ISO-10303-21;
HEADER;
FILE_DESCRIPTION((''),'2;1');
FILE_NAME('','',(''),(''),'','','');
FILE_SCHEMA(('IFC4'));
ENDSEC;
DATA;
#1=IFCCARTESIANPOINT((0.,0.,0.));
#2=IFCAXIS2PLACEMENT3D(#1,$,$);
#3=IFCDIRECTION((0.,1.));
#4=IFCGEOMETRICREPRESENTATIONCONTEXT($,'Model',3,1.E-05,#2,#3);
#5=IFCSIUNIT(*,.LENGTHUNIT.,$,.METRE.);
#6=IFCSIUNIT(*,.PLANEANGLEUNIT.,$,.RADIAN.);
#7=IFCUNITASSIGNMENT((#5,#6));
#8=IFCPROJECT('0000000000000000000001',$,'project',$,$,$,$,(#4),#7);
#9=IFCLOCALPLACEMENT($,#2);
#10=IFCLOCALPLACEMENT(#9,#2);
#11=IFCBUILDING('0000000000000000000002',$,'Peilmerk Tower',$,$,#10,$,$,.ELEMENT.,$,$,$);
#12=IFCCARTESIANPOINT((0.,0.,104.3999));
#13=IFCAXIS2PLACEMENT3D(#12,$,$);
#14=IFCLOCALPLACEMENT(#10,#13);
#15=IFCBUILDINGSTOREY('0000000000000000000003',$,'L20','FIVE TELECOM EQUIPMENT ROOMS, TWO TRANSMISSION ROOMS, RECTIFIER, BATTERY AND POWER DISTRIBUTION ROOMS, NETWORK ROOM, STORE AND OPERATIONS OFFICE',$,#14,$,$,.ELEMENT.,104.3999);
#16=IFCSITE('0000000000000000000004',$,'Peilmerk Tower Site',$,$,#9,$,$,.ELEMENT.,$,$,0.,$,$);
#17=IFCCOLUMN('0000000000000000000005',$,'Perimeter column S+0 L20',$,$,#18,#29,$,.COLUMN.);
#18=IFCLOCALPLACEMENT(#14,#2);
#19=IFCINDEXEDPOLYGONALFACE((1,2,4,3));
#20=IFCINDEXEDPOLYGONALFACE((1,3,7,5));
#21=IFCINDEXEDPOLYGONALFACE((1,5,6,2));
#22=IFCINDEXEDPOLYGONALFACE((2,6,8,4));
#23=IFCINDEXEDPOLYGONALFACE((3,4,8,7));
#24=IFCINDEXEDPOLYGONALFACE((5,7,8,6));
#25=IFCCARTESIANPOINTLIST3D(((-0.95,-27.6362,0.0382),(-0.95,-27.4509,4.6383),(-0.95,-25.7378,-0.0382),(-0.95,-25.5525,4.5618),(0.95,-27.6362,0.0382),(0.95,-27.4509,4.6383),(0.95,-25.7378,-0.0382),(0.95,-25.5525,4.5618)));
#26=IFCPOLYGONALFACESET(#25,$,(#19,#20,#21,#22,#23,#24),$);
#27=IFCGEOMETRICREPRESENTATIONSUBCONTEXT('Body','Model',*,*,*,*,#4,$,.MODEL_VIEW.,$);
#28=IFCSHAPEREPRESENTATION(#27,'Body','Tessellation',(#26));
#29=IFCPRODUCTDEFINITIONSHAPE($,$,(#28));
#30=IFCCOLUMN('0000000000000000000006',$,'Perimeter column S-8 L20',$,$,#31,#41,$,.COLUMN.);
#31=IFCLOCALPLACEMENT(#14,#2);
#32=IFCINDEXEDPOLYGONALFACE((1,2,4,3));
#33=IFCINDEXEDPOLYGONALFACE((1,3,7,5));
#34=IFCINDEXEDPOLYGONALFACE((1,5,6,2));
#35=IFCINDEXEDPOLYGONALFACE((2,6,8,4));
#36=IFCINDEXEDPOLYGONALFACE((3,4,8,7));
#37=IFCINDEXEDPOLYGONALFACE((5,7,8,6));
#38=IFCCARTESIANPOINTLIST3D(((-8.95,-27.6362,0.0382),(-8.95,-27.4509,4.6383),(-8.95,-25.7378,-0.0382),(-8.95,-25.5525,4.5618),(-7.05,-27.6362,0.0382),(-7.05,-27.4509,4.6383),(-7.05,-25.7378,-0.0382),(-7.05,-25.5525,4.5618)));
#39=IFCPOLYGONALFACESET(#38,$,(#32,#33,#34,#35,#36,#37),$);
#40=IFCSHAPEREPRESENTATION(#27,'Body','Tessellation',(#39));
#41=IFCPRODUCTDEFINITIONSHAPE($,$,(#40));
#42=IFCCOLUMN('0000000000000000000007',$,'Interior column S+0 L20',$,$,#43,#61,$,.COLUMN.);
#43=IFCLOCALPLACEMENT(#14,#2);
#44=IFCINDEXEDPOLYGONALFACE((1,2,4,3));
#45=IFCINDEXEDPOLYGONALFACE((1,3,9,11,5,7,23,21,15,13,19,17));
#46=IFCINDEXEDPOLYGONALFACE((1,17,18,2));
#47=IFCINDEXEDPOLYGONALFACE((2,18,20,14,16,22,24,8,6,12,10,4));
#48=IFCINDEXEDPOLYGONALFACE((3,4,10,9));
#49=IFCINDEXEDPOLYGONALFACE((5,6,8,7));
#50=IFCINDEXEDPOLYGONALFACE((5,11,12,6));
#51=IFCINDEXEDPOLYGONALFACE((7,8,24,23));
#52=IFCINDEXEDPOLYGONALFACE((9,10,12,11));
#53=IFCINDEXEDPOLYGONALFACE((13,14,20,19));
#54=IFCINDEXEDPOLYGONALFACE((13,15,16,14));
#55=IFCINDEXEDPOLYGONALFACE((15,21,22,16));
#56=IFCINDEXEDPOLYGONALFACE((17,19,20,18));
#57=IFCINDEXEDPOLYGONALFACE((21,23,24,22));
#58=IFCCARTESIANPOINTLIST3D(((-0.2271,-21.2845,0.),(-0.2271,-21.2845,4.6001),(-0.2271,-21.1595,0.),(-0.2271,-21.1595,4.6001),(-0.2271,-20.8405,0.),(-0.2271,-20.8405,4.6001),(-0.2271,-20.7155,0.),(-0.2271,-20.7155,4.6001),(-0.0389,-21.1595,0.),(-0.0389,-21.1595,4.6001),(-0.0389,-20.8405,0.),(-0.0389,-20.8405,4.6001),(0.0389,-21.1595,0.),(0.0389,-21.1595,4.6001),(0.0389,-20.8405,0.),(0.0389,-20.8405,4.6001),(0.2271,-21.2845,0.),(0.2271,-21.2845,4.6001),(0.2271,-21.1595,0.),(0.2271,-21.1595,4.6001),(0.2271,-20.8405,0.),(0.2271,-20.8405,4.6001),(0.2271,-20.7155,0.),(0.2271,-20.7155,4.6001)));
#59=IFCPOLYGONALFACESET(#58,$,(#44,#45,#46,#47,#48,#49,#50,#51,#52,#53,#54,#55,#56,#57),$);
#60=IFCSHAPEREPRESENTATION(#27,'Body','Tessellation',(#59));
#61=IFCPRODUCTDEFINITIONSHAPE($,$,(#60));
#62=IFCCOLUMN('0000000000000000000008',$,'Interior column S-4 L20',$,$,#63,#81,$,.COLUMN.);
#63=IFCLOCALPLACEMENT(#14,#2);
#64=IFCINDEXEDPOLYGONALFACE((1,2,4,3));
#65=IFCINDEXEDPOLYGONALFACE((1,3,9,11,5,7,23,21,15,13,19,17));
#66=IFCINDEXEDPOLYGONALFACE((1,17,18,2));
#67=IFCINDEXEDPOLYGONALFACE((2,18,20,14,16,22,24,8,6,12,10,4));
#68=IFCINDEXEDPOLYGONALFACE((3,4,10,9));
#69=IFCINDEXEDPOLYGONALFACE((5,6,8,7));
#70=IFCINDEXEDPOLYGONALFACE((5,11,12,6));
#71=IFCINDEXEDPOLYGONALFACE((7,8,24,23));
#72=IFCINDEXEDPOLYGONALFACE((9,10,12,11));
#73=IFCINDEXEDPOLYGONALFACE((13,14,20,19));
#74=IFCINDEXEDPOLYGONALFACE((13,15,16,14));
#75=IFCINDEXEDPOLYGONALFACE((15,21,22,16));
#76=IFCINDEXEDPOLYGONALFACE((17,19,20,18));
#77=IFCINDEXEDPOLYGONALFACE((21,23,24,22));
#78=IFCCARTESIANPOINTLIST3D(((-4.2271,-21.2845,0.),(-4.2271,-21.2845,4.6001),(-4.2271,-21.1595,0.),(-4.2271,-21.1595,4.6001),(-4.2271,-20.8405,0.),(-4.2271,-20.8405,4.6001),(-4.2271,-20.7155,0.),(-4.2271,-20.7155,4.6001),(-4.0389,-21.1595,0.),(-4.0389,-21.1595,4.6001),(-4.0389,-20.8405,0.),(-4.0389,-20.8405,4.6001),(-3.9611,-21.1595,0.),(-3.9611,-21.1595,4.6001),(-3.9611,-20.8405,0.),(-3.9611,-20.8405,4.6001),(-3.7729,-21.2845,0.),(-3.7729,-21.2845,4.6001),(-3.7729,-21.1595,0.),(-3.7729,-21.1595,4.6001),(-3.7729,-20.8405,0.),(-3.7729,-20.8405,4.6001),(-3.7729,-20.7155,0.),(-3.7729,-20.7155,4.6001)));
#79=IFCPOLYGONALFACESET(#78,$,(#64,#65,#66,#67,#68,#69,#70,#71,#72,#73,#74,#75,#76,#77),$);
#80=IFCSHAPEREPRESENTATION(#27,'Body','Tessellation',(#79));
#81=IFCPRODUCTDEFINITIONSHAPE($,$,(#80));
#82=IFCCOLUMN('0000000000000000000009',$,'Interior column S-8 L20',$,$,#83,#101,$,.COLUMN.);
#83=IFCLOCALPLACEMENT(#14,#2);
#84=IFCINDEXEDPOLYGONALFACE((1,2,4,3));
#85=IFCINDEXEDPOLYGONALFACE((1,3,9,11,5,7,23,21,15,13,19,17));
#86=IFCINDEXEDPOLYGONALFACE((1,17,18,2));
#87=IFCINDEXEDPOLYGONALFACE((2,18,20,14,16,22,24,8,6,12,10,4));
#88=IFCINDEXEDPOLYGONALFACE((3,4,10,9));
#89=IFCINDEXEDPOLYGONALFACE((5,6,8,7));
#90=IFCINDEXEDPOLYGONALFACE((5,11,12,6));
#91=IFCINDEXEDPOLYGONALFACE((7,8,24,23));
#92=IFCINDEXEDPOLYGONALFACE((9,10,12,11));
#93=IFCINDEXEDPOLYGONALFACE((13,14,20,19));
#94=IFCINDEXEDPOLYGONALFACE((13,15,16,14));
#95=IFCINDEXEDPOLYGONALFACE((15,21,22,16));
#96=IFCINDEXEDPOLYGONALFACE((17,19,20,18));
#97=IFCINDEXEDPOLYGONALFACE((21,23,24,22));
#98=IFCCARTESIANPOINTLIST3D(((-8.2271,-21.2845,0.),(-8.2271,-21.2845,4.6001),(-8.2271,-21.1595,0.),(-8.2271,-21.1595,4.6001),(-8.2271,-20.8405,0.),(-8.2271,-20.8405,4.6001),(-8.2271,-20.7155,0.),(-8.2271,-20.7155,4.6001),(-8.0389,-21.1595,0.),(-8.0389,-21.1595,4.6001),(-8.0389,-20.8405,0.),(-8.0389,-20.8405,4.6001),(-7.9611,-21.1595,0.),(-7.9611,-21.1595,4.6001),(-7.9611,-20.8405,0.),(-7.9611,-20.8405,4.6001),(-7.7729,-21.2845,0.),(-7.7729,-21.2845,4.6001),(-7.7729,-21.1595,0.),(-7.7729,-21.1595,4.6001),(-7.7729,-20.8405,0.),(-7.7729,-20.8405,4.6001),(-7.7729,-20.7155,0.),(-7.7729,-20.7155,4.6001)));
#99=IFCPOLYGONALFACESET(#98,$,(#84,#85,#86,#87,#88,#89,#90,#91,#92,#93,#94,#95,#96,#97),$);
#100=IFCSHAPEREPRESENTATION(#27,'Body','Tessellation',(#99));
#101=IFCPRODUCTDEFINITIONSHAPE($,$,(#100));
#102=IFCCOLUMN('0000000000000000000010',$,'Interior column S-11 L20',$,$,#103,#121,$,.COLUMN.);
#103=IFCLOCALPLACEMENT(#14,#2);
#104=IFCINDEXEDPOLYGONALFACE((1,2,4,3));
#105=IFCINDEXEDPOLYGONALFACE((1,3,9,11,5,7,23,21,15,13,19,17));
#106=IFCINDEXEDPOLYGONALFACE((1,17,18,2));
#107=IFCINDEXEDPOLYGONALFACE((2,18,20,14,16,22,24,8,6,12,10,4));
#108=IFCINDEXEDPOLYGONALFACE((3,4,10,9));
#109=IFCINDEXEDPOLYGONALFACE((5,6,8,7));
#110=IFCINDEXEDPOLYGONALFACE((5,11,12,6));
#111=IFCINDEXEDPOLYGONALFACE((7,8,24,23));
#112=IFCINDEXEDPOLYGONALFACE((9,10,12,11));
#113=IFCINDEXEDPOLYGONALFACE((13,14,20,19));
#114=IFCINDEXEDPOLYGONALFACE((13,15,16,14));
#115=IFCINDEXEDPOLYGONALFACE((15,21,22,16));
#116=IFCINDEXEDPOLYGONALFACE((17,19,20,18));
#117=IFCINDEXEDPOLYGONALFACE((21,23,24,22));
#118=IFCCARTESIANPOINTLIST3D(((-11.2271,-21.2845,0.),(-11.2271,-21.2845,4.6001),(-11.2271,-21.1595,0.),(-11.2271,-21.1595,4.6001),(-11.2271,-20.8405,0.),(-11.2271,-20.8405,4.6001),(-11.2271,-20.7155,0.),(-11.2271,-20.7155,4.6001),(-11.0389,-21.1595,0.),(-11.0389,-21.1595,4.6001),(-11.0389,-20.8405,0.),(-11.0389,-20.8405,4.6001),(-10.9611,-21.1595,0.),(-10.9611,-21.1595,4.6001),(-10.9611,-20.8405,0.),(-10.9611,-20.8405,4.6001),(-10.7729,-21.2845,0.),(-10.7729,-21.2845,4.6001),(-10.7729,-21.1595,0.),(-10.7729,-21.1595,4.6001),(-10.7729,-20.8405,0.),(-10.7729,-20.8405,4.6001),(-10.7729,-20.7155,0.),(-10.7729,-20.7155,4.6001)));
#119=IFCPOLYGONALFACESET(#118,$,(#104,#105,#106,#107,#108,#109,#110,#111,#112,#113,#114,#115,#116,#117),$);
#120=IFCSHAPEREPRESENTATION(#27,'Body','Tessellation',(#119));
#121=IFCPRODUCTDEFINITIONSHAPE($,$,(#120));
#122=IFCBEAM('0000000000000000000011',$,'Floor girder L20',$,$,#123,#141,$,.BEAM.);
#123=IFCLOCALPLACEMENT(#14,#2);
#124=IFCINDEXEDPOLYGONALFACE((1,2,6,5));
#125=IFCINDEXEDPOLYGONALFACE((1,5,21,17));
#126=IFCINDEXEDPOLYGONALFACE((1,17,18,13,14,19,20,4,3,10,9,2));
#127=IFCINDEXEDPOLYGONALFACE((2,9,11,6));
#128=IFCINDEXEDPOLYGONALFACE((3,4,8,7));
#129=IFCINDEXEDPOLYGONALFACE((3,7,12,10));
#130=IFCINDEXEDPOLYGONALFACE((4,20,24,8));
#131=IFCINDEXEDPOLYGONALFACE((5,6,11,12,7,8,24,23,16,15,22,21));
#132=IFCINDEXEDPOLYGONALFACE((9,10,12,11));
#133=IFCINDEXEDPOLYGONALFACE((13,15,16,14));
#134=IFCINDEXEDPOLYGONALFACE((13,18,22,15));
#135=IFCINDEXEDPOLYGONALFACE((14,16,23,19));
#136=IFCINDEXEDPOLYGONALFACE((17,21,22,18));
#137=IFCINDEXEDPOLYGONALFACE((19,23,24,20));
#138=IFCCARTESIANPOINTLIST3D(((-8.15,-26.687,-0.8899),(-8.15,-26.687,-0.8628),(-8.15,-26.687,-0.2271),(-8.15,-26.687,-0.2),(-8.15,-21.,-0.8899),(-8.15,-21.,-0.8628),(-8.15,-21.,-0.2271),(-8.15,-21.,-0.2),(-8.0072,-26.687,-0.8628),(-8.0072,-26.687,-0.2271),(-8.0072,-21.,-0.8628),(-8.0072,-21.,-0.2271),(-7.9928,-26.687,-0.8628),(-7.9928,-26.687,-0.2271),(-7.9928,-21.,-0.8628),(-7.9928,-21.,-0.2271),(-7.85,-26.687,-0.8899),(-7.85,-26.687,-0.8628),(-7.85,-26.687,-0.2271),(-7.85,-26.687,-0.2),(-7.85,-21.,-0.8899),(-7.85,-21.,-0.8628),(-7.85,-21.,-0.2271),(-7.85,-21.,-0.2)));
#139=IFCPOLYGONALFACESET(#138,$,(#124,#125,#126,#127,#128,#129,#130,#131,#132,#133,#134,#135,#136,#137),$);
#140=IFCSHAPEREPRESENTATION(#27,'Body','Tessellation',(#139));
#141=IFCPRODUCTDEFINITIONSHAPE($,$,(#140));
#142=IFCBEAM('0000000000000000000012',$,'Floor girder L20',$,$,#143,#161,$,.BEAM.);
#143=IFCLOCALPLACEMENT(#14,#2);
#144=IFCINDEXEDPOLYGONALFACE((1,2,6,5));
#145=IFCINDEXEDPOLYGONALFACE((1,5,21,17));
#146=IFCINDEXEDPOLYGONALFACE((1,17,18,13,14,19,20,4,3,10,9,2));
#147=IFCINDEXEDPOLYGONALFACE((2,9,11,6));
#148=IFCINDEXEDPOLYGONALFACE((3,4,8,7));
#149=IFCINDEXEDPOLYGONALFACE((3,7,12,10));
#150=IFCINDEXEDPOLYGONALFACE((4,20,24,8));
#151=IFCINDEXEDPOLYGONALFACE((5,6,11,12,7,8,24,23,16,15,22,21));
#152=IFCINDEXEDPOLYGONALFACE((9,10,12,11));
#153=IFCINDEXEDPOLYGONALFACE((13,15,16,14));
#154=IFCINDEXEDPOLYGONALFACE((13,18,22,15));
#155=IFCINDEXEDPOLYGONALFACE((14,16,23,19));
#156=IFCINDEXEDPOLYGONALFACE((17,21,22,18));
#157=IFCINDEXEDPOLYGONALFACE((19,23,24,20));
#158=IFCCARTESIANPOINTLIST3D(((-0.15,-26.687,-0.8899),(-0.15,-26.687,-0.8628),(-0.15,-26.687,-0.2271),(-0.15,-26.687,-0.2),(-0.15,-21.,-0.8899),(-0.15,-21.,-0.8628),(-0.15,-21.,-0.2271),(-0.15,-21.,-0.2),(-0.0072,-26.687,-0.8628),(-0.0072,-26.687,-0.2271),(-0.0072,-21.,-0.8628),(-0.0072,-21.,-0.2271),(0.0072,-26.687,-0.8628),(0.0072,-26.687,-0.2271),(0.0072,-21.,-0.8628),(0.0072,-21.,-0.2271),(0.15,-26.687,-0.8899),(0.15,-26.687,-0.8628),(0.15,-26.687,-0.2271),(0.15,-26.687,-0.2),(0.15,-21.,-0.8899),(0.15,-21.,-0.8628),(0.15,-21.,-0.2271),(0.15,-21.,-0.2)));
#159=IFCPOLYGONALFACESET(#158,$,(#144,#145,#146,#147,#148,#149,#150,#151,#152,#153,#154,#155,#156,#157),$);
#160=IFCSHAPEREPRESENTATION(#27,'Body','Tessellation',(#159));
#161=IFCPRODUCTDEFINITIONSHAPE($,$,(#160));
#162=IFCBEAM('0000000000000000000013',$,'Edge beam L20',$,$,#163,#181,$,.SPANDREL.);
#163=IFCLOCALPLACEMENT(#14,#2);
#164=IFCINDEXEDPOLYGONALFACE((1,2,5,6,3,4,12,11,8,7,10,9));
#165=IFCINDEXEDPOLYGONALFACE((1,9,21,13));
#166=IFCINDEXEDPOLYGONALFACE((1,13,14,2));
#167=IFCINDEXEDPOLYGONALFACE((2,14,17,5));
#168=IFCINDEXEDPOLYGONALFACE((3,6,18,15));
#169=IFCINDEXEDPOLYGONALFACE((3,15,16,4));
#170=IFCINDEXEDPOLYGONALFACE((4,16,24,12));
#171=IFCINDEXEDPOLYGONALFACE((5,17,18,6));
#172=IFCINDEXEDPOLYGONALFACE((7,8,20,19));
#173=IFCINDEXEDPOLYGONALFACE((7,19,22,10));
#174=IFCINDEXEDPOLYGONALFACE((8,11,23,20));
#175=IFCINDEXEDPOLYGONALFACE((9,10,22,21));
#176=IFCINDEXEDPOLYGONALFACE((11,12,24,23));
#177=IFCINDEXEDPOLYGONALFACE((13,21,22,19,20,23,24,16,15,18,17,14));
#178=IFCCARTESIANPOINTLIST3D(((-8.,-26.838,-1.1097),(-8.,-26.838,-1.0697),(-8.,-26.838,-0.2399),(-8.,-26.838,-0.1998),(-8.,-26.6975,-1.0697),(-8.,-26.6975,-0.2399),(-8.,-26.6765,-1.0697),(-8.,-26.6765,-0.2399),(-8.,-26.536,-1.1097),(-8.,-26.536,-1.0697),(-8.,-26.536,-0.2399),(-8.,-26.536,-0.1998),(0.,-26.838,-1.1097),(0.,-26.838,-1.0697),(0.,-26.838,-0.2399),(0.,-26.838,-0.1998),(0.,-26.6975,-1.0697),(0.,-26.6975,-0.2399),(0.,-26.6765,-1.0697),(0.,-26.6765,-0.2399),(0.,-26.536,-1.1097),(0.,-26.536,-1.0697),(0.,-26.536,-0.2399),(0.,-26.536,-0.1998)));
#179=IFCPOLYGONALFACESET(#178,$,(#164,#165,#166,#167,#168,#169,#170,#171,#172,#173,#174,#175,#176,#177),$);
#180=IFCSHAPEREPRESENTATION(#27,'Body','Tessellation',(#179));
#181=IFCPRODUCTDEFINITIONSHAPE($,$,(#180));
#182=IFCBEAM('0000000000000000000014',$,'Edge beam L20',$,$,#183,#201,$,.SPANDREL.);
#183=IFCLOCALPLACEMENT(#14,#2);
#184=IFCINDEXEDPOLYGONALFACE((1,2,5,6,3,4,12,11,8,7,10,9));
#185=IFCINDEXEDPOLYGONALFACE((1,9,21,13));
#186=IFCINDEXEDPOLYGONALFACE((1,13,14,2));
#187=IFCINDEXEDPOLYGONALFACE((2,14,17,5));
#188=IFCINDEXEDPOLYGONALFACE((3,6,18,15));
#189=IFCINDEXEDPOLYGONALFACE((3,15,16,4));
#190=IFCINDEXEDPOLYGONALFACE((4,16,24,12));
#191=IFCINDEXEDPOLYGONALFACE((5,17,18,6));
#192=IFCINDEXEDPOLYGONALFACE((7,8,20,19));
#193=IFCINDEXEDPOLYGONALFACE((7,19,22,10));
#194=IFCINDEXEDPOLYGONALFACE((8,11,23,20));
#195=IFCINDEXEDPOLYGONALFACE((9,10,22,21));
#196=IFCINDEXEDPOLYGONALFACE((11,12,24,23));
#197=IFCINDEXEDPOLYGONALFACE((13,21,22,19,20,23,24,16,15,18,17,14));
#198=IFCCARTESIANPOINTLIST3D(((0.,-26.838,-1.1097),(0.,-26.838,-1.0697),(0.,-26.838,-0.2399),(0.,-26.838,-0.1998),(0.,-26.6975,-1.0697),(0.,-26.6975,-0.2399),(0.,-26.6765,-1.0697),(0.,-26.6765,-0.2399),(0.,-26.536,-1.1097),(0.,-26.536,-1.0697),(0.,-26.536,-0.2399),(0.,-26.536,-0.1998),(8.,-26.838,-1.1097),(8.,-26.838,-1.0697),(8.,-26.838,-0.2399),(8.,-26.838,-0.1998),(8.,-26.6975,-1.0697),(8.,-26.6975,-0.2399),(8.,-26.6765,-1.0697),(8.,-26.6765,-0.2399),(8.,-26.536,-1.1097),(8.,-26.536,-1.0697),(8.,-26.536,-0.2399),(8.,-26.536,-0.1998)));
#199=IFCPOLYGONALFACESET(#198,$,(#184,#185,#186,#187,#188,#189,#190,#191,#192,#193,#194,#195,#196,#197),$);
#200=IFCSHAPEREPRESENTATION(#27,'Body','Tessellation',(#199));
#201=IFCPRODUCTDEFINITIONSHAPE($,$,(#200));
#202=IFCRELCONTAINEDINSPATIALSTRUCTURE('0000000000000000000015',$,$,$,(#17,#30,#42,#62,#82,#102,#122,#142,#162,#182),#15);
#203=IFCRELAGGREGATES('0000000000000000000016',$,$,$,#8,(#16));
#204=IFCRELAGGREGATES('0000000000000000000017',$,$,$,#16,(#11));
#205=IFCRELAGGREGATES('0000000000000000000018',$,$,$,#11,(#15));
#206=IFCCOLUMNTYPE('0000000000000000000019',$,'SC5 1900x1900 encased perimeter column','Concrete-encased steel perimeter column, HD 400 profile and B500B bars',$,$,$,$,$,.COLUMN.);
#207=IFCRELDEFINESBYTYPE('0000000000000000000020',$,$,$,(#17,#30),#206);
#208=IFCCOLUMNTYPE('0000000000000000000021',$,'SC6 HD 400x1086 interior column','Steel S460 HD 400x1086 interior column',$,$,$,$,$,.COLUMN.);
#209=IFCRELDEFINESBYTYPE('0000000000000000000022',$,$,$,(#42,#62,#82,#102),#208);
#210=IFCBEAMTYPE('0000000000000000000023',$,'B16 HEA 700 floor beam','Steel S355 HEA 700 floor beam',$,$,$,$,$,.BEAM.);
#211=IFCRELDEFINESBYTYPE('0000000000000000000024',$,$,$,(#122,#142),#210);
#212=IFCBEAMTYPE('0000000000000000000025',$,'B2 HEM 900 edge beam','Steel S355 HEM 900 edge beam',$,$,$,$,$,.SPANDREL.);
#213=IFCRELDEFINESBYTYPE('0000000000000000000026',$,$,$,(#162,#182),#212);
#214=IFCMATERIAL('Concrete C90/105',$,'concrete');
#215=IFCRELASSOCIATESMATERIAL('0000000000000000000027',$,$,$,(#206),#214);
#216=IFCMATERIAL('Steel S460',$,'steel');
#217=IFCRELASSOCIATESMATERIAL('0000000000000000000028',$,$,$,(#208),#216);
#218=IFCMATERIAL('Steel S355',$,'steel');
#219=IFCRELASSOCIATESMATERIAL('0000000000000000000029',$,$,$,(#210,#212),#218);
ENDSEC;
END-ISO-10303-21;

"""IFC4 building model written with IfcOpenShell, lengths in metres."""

from ifc_helpers import new_model, si_unit, direction, frame, origin, origin_2d, place, context, subcontext, project, spatial, rectangle, i_section, extrude, material, material_profile, profile_set, type_object, element, save


model = new_model("IFC4")

# Units and contexts
model_context = context("Model", 3, precision=1e-05, world=origin(), true_north=direction((0.0, 1.0)))
body_context = subcontext(model_context, "Body", "Model", "MODEL_VIEW")
ifc_project = project(units=[si_unit("LENGTHUNIT", "METRE"), si_unit("PLANEANGLEUNIT", "RADIAN")], contexts=[model_context])

# Site, building, storey
site_placement = place(None, origin())
site = spatial("IfcSite", under=ifc_project, at=site_placement, Name="Peilmerk Tower Site", CompositionType="ELEMENT", RefElevation=0.0)
building_placement = place(site_placement, origin())
building = spatial("IfcBuilding", under=site, at=building_placement, Name="Peilmerk Tower", CompositionType="ELEMENT")
storey_placement = place(building_placement, frame((0.0, 0.0, 104.3999)))
storey = spatial("IfcBuildingStorey", under=building, at=storey_placement, Name="L20", Description="FIVE TELECOM EQUIPMENT ROOMS, TWO TRANSMISSION ROOMS, RECTIFIER, BATTERY AND POWER DISTRIBUTION ROOMS, NETWORK ROOM, STORE AND OPERATIONS OFFICE", CompositionType="ELEMENT", Elevation=104.3999)

# Columns
ifc_material_1 = material(Name="Concrete C90/105", Category="concrete")
ifc_material_profile_1 = material_profile(ifc_material_1, rectangle(XDim=1.8999, YDim=1.8999, at=origin_2d()), Name="RC 1900x1900")
ifc_profile_set_1 = profile_set([ifc_material_profile_1], Name="Concrete C90/105")
column_type_1 = type_object("IfcColumnType", Name="SC5 1900x1900 encased perimeter column", Description="Concrete-encased steel perimeter column, HD 400 profile and B500B bars", PredefinedType="COLUMN", material=ifc_profile_set_1)
for number, where, z_axis, x_axis, name in (
    (1, (0.0, -26.687, 0.0), (0.0, 0.04025, 0.99919), (-1.0, 0.0, 0.0), "Perimeter column S+0 L20"),
    (2, (-8.0, -26.687, 0.0), (0.0, 0.04025, 0.99919), (-1.0, 0.0, 0.0), "Perimeter column S-8 L20"),
):
    element("IfcColumn", number, at=place(storey_placement, frame(where, z_axis=z_axis, x_axis=x_axis)), inside=storey, type_object=column_type_1, Name=name, PredefinedType="COLUMN", context=body_context, shape_type="SweptSolid", body=[
        extrude(rectangle(XDim=1.8999, YDim=1.8999, at=origin_2d()), origin(), (0.0, 0.0, 1.0), 4.6038),
    ])
ifc_material_2 = material(Name="Steel S460", Category="steel")
ifc_material_profile_2 = material_profile(ifc_material_2, i_section(OverallWidth=0.4541, OverallDepth=0.5691, WebThickness=0.0779, FlangeThickness=0.125, at=origin_2d()), Name="HD 400x1086")
ifc_profile_set_2 = profile_set([ifc_material_profile_2], Name="Steel S460")
column_type_2 = type_object("IfcColumnType", Name="SC6 HD 400x1086 interior column", Description="Steel S460 HD 400x1086 interior column", PredefinedType="COLUMN", material=ifc_profile_set_2)
for number, where, z_axis, x_axis, name in (
    (3, (0.0, -21.0, 0.0), (0.0, 0.0, 1.0), (1.0, 0.0, 0.0), "Interior column S+0 L20"),
    (4, (-4.0, -21.0, 0.0), (0.0, 0.0, 1.0), (1.0, 0.0, 0.0), "Interior column S-4 L20"),
    (5, (-8.0, -21.0, 0.0), (0.0, 0.0, 1.0), (1.0, 0.0, 0.0), "Interior column S-8 L20"),
    (6, (-11.0, -21.0, 0.0), (0.0, 0.0, 1.0), (1.0, 0.0, 0.0), "Interior column S-11 L20"),
):
    element("IfcColumn", number, at=place(storey_placement, frame(where, z_axis=z_axis, x_axis=x_axis)), inside=storey, type_object=column_type_2, Name=name, PredefinedType="COLUMN", context=body_context, shape_type="SweptSolid", body=[
        extrude(i_section(OverallWidth=0.4541, OverallDepth=0.5691, WebThickness=0.0779, FlangeThickness=0.125, at=origin_2d()), origin(), (0.0, 0.0, 1.0), 4.6001),
    ])

# Beams
ifc_material_3 = material(Name="Steel S355", Category="steel")
ifc_material_profile_3 = material_profile(ifc_material_3, i_section(OverallWidth=0.3, OverallDepth=0.6899, WebThickness=0.0144, FlangeThickness=0.0271, at=origin_2d()), Name="HEA 700")
ifc_profile_set_3 = profile_set([ifc_material_profile_3], Name="Steel S355")
beam_type_1 = type_object("IfcBeamType", Name="B16 HEA 700 floor beam", Description="Steel S355 HEA 700 floor beam", PredefinedType="BEAM", material=ifc_profile_set_3)
for number, where, z_axis, x_axis, name in (
    (7, (-8.0, -21.0, -0.5449), (0.0, -1.0, 0.0), (1.0, 0.0, 0.0), "Floor girder L20"),
    (8, (0.0, -21.0, -0.5449), (0.0, -1.0, 0.0), (1.0, 0.0, 0.0), "Floor girder L20"),
):
    element("IfcBeam", number, at=place(storey_placement, frame(where, z_axis=z_axis, x_axis=x_axis)), inside=storey, type_object=beam_type_1, Name=name, PredefinedType="BEAM", context=body_context, shape_type="SweptSolid", body=[
        extrude(i_section(OverallWidth=0.3, OverallDepth=0.6899, WebThickness=0.0144, FlangeThickness=0.0271, at=origin_2d()), origin(), (0.0, 0.0, 1.0), 5.687),
    ])
ifc_material_profile_4 = material_profile(ifc_material_3, i_section(OverallWidth=0.302, OverallDepth=0.9099, WebThickness=0.021, FlangeThickness=0.04, at=origin_2d()), Name="HEM 900")
ifc_profile_set_4 = profile_set([ifc_material_profile_4], Name="Steel S355")
beam_type_2 = type_object("IfcBeamType", Name="B2 HEM 900 edge beam", Description="Steel S355 HEM 900 edge beam", PredefinedType="SPANDREL", material=ifc_profile_set_4)
for number, where, z_axis, x_axis, name in (
    (9, (-8.0, -26.687, -0.6548), (1.0, 0.0, 0.0), (0.0, 1.0, 0.0), "Edge beam L20"),
    (10, (0.0, -26.687, -0.6548), (1.0, 0.0, 0.0), (0.0, 1.0, 0.0), "Edge beam L20"),
):
    element("IfcBeam", number, at=place(storey_placement, frame(where, z_axis=z_axis, x_axis=x_axis)), inside=storey, type_object=beam_type_2, Name=name, PredefinedType="SPANDREL", context=body_context, shape_type="SweptSolid", body=[
        extrude(i_section(OverallWidth=0.302, OverallDepth=0.9099, WebThickness=0.021, FlangeThickness=0.04, at=origin_2d()), origin(), (0.0, 0.0, 1.0), 8.0),
    ])

save(model, "model.ifc")
